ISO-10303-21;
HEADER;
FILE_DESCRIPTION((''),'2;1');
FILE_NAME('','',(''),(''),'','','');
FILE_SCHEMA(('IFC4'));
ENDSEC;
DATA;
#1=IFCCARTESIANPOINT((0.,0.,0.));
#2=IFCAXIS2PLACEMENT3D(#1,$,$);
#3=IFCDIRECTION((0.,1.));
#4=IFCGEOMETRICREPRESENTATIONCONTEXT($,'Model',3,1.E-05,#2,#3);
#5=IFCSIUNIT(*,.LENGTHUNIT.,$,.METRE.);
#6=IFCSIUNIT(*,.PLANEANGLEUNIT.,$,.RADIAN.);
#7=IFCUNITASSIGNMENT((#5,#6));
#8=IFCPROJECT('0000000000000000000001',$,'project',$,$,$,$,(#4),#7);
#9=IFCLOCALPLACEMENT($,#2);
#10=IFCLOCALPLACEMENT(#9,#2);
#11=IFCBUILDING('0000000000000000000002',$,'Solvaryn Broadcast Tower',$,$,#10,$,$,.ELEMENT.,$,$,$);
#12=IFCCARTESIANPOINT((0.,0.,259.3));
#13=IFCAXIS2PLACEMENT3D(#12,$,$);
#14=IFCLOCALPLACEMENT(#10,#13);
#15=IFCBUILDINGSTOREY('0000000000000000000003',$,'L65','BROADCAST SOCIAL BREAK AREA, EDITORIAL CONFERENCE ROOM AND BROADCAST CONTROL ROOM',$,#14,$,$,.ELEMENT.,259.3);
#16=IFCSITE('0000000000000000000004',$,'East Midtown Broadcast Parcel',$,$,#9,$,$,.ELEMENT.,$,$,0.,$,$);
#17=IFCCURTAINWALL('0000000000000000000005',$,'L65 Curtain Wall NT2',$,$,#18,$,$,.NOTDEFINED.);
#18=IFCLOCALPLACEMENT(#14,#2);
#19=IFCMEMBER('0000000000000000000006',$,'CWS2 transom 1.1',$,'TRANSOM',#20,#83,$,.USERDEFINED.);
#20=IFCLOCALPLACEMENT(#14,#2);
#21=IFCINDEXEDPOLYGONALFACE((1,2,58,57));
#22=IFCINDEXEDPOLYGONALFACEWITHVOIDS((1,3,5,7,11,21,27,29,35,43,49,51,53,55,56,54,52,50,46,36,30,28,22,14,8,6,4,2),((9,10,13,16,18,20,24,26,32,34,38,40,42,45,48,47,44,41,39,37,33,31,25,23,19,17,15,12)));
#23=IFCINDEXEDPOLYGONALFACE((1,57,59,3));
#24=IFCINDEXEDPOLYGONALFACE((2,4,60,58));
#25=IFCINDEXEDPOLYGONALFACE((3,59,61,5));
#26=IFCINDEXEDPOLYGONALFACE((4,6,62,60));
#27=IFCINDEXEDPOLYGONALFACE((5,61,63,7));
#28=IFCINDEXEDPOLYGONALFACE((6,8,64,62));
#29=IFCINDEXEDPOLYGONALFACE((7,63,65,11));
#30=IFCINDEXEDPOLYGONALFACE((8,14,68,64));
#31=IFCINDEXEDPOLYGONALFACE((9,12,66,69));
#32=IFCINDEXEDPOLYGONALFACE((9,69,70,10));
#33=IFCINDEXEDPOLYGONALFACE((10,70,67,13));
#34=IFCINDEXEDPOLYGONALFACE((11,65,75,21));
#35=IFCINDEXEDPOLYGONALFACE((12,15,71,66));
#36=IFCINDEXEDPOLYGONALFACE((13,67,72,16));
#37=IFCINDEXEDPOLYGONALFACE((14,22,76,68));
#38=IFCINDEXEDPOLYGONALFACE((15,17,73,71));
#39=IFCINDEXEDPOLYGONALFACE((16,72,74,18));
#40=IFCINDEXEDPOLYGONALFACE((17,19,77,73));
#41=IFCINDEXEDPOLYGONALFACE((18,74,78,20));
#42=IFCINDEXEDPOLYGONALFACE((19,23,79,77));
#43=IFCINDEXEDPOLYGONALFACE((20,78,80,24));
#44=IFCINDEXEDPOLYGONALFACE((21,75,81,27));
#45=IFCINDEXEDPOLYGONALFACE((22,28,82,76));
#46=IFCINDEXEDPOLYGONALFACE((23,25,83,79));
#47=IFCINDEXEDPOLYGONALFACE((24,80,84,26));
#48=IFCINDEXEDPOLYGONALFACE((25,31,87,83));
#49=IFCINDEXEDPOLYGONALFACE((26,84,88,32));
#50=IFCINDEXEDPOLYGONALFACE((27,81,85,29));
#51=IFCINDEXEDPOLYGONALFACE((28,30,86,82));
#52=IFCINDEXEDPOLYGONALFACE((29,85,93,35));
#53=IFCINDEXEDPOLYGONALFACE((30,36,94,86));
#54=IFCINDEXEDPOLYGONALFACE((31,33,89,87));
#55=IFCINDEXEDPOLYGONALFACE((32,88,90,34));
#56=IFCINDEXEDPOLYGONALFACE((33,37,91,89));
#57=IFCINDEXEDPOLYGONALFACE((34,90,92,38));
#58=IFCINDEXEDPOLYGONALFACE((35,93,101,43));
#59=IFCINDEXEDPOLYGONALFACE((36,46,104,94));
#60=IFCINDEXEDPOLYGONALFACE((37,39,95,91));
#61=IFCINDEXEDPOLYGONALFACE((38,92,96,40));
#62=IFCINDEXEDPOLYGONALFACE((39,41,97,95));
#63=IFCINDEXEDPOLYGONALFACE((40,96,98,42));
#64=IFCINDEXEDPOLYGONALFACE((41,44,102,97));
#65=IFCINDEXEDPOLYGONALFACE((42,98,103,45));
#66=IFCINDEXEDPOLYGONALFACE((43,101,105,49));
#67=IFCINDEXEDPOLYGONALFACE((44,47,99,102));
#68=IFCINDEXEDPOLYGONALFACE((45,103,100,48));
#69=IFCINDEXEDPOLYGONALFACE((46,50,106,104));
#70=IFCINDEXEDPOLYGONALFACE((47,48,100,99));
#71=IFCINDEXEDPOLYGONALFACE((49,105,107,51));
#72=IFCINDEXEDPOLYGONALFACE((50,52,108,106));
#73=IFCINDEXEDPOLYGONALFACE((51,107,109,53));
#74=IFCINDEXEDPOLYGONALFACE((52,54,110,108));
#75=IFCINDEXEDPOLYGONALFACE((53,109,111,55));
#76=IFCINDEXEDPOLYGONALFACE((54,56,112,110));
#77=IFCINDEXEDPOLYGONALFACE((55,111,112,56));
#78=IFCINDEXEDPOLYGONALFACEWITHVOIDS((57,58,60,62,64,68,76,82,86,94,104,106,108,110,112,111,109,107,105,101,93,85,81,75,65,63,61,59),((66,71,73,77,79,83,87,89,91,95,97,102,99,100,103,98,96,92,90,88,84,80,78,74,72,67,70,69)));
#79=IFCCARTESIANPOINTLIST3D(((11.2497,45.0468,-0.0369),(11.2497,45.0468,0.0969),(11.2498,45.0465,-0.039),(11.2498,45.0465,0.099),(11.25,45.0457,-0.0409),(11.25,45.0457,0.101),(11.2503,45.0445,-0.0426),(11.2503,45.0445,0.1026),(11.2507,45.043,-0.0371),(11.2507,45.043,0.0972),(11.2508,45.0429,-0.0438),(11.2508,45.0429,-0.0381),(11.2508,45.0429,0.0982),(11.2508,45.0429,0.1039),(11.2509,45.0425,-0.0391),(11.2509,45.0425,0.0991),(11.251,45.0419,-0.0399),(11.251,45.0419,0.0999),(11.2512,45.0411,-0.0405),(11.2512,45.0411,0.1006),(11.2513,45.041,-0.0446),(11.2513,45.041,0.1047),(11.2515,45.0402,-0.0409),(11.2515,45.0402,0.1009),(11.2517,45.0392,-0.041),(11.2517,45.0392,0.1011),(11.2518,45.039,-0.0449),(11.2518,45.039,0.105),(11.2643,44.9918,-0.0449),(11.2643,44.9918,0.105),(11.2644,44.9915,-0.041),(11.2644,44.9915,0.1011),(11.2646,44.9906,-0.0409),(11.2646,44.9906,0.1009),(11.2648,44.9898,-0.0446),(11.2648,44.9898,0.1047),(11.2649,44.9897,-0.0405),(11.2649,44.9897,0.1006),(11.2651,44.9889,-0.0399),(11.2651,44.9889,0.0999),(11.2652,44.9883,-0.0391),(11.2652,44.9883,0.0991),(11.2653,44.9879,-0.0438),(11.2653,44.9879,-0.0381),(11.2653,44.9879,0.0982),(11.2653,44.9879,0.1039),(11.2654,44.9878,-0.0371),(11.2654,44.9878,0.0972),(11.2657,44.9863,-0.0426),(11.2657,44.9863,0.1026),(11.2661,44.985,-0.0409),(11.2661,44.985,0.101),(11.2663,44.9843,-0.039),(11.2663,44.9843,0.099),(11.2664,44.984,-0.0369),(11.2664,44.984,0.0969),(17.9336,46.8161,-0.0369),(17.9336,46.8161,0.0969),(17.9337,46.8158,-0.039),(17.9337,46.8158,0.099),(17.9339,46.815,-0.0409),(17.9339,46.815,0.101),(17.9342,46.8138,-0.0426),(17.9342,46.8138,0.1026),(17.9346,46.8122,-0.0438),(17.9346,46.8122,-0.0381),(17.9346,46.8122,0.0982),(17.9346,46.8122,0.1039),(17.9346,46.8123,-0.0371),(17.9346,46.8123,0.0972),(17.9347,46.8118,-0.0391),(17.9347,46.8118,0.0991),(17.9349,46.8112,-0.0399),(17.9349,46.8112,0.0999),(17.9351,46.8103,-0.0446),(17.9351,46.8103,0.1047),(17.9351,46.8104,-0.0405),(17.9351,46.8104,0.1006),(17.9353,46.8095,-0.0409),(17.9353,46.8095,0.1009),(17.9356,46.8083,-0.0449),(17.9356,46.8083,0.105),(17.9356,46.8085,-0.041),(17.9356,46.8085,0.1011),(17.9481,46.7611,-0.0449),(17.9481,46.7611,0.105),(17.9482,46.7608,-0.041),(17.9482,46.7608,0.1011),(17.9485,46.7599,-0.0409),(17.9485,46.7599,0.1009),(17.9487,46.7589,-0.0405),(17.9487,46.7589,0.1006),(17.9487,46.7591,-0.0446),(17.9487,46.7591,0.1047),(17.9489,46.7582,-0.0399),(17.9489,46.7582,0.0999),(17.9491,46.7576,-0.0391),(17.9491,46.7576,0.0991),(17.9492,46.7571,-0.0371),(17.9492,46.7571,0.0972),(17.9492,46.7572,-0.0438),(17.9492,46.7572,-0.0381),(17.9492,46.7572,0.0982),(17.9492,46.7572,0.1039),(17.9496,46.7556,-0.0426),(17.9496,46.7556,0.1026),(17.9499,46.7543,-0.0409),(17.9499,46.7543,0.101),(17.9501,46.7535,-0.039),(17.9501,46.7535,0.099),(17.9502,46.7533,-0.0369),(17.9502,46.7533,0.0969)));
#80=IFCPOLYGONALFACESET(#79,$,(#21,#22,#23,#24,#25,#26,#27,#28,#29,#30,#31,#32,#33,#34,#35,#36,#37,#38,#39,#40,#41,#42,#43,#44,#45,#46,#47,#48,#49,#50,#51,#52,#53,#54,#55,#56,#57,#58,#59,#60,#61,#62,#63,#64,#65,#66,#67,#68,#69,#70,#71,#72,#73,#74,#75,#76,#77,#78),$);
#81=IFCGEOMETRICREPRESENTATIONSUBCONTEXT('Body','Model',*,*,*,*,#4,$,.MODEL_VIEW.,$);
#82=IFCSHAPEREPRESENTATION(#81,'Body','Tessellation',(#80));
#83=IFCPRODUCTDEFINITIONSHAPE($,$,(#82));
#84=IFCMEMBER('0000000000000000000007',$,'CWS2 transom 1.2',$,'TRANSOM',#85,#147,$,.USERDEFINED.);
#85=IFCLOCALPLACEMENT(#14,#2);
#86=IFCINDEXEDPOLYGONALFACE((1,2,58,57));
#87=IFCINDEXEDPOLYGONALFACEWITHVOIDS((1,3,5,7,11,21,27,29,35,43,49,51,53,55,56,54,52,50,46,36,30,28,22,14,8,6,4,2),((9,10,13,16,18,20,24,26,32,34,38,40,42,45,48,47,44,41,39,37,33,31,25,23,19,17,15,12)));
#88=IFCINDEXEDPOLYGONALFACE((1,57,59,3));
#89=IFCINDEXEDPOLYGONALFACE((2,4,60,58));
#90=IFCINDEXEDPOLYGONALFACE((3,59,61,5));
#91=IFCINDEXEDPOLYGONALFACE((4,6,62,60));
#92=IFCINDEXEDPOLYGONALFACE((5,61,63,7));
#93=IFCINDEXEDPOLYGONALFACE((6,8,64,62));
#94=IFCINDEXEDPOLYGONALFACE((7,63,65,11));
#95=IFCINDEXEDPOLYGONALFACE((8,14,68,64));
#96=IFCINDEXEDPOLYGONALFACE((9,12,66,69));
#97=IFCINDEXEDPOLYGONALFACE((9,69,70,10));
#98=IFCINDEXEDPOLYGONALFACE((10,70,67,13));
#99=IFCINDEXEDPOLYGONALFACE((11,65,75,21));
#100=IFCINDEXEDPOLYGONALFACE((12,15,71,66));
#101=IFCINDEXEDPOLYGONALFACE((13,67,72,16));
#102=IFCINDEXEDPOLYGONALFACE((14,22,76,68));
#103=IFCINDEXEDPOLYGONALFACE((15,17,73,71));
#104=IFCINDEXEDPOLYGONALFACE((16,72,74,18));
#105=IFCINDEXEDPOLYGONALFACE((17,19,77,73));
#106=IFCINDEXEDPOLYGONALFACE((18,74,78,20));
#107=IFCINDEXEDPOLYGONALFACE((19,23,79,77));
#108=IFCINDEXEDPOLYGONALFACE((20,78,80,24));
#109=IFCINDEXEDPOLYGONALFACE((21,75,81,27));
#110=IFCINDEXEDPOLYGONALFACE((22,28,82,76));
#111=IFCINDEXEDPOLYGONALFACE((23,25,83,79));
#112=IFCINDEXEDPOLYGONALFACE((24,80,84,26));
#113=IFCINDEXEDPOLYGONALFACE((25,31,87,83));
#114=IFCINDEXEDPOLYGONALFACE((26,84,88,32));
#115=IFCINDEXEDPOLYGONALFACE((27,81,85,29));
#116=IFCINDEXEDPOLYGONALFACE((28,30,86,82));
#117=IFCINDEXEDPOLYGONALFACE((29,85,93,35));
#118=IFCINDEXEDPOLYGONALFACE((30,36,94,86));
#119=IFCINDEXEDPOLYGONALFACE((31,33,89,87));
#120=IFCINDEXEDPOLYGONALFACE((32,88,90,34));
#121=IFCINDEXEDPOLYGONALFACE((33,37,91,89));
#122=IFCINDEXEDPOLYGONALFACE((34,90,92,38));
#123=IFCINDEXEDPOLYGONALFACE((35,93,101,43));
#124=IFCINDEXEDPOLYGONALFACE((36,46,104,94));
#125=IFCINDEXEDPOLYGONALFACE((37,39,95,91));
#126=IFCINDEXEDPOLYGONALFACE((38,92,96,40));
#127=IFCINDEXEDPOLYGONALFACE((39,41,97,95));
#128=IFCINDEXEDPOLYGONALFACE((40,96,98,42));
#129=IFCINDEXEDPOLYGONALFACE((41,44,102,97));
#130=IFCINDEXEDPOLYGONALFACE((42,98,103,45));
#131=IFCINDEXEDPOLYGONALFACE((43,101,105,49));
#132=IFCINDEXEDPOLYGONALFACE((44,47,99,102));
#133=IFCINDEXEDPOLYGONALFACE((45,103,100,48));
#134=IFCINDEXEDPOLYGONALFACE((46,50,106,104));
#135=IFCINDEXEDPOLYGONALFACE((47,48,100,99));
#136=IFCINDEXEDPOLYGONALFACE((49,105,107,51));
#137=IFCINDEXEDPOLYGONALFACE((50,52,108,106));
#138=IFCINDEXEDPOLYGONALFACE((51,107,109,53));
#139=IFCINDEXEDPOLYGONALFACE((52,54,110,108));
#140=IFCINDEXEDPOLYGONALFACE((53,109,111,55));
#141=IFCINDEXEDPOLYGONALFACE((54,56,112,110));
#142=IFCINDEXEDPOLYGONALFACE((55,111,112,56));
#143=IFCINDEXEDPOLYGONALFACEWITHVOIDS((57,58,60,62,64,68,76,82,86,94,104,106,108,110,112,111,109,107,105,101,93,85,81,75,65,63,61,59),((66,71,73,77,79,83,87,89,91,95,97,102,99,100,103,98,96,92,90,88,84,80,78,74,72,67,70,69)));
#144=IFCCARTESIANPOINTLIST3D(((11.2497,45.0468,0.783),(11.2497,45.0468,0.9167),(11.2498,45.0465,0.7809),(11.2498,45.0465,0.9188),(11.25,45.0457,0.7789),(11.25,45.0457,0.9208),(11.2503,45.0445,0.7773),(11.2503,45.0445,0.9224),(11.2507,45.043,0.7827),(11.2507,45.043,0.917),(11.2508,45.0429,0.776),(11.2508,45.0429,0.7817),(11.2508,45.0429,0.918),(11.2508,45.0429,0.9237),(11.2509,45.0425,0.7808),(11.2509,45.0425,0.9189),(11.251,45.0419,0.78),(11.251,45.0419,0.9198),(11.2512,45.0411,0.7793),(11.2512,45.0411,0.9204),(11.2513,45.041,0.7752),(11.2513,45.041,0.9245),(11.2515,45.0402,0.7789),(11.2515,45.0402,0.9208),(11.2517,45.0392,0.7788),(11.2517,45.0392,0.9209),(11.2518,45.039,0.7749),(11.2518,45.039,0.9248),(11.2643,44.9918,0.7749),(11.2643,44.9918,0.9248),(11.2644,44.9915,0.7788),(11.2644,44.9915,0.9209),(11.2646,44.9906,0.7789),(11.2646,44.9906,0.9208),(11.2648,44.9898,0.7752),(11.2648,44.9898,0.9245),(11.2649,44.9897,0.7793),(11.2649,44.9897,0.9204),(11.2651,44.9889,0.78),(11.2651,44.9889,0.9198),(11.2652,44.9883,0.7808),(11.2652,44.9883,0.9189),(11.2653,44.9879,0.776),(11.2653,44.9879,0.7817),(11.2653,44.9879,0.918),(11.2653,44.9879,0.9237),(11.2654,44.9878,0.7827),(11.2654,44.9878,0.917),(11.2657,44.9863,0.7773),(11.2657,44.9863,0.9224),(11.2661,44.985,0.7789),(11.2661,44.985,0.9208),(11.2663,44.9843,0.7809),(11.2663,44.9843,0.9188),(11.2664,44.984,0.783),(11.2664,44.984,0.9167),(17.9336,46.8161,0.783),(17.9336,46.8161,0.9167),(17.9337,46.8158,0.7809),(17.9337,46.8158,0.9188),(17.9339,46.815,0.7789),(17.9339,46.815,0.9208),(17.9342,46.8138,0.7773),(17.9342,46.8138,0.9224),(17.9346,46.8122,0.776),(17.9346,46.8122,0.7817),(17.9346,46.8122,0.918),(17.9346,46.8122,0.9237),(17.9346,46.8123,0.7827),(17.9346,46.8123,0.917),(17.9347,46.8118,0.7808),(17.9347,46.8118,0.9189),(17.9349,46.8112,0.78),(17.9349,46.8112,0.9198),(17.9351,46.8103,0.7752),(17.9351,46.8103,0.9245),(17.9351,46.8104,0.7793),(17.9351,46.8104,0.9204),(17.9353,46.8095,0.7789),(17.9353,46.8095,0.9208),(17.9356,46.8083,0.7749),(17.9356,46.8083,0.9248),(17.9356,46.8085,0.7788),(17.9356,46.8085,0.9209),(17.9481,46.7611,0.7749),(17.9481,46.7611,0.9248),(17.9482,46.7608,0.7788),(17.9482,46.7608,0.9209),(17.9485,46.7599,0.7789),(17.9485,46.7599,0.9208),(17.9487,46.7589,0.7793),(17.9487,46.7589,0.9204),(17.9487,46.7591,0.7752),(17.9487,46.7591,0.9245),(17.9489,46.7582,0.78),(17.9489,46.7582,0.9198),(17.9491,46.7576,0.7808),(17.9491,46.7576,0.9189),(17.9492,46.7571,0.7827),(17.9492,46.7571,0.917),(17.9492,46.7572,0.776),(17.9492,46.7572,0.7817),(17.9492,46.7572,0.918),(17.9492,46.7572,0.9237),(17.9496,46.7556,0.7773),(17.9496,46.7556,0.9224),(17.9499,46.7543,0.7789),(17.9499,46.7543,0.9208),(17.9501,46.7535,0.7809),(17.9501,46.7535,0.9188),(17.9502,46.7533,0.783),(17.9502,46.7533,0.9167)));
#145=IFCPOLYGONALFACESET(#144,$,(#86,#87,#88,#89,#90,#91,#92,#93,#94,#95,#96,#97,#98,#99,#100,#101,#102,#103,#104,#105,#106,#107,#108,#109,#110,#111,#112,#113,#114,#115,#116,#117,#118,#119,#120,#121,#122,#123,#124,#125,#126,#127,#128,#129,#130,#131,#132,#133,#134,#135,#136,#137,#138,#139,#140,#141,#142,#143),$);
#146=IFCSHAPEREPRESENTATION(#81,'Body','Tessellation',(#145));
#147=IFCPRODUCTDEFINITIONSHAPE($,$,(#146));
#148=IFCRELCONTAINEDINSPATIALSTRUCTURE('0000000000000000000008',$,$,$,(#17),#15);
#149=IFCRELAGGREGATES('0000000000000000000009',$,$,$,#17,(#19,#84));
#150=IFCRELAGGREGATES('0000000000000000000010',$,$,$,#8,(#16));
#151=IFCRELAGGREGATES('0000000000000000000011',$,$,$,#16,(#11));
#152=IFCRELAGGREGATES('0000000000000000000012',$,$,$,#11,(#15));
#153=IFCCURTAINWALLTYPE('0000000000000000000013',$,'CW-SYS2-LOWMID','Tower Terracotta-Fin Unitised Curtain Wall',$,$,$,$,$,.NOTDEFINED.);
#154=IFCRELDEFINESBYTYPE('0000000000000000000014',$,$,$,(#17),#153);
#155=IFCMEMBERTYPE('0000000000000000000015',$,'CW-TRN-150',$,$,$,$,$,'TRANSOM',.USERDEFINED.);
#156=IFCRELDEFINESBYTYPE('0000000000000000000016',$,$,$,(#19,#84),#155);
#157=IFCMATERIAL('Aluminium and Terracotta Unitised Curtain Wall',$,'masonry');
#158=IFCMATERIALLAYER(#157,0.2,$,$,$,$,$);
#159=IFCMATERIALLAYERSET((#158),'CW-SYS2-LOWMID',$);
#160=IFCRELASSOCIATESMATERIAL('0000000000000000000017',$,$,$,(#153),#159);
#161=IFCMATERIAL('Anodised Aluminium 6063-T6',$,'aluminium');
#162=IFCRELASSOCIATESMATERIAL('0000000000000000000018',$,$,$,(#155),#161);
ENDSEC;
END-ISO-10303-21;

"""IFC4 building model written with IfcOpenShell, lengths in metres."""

from ifc_helpers import new_model, si_unit, direction, frame, origin, origin_2d, place, context, subcontext, project, spatial, hollow_rectangle, extrude, material, layer, layer_set, material_profile, profile_set, type_object, element, aggregate, save


model = new_model("IFC4")

# Units and contexts
model_context = context("Model", 3, precision=1e-05, world=origin(), true_north=direction((0.0, 1.0)))
body_context = subcontext(model_context, "Body", "Model", "MODEL_VIEW")
ifc_project = project(units=[si_unit("LENGTHUNIT", "METRE"), si_unit("PLANEANGLEUNIT", "RADIAN")], contexts=[model_context])

# Site, building, storey
site_placement = place(None, origin())
site = spatial("IfcSite", under=ifc_project, at=site_placement, Name="East Midtown Broadcast Parcel", CompositionType="ELEMENT", RefElevation=0.0)
building_placement = place(site_placement, origin())
building = spatial("IfcBuilding", under=site, at=building_placement, Name="Solvaryn Broadcast Tower", CompositionType="ELEMENT")
storey_placement = place(building_placement, frame((0.0, 0.0, 259.3)))
storey = spatial("IfcBuildingStorey", under=building, at=storey_placement, Name="L65", Description="BROADCAST SOCIAL BREAK AREA, EDITORIAL CONFERENCE ROOM AND BROADCAST CONTROL ROOM", CompositionType="ELEMENT", Elevation=259.3)

# Shared definitions
ifc_material_1 = material(Name="Aluminium and Terracotta Unitised Curtain Wall", Category="masonry")
ifc_layer_1 = layer(ifc_material_1, 0.2)
ifc_layer_set_1 = layer_set([ifc_layer_1], Name="CW-SYS2-LOWMID")
curtain_wall_type = type_object("IfcCurtainWallType", Name="CW-SYS2-LOWMID", Description="Tower Terracotta-Fin Unitised Curtain Wall", PredefinedType="NOTDEFINED", material=ifc_layer_set_1)

# Curtain wall
curtain_wall_1_placement = place(storey_placement, origin())
curtain_wall_1 = element("IfcCurtainWall", 1, at=curtain_wall_1_placement, inside=storey, type_object=curtain_wall_type, Name="L65 Curtain Wall NT2", PredefinedType="NOTDEFINED")

# Members
ifc_material_2 = material(Name="Anodised Aluminium 6063-T6", Category="aluminium")
ifc_material_profile_1 = material_profile(ifc_material_2, hollow_rectangle(XDim=0.0649, YDim=0.1499, WallThickness=0.0039, InnerFilletRadius=0.0039, OuterFilletRadius=0.0081, at=origin_2d()))
ifc_profile_set_1 = profile_set([ifc_material_profile_1], Name="Anodised Aluminium 6063-T6")
member_type_1 = type_object("IfcMemberType", Name="CW-TRN-150", ElementType="TRANSOM", PredefinedType="USERDEFINED", material=ifc_profile_set_1)
member_1_placement = place(storey_placement, frame((17.9419, 46.7847, 0.03), z_axis=(-0.966704, -0.255897, 0.0), x_axis=(0.255897, -0.966704, 0.0)))
member_1 = element("IfcMember", 2, at=member_1_placement, type_object=member_type_1, Name="CWS2 transom 1.1", ObjectType="TRANSOM", PredefinedType="USERDEFINED", context=body_context, shape_type="SweptSolid", body=[
    extrude(hollow_rectangle(XDim=0.0649, YDim=0.1499, WallThickness=0.0039, InnerFilletRadius=0.0039, OuterFilletRadius=0.0081, at=origin_2d()), origin(), (0.0, 0.0, 1.0), 6.9141),
])
member_2_placement = place(storey_placement, frame((17.9419, 46.7847, 0.8499), z_axis=(-0.966704, -0.255897, 0.0), x_axis=(0.255897, -0.966704, 0.0)))
member_2 = element("IfcMember", 3, at=member_2_placement, type_object=member_type_1, Name="CWS2 transom 1.2", ObjectType="TRANSOM", PredefinedType="USERDEFINED", context=body_context, shape_type="SweptSolid", body=[
    extrude(hollow_rectangle(XDim=0.0649, YDim=0.1499, WallThickness=0.0039, InnerFilletRadius=0.0039, OuterFilletRadius=0.0081, at=origin_2d()), origin(), (0.0, 0.0, 1.0), 6.9141),
])

aggregate(curtain_wall_1, [member_1, member_2])

save(model, "model.ifc")
